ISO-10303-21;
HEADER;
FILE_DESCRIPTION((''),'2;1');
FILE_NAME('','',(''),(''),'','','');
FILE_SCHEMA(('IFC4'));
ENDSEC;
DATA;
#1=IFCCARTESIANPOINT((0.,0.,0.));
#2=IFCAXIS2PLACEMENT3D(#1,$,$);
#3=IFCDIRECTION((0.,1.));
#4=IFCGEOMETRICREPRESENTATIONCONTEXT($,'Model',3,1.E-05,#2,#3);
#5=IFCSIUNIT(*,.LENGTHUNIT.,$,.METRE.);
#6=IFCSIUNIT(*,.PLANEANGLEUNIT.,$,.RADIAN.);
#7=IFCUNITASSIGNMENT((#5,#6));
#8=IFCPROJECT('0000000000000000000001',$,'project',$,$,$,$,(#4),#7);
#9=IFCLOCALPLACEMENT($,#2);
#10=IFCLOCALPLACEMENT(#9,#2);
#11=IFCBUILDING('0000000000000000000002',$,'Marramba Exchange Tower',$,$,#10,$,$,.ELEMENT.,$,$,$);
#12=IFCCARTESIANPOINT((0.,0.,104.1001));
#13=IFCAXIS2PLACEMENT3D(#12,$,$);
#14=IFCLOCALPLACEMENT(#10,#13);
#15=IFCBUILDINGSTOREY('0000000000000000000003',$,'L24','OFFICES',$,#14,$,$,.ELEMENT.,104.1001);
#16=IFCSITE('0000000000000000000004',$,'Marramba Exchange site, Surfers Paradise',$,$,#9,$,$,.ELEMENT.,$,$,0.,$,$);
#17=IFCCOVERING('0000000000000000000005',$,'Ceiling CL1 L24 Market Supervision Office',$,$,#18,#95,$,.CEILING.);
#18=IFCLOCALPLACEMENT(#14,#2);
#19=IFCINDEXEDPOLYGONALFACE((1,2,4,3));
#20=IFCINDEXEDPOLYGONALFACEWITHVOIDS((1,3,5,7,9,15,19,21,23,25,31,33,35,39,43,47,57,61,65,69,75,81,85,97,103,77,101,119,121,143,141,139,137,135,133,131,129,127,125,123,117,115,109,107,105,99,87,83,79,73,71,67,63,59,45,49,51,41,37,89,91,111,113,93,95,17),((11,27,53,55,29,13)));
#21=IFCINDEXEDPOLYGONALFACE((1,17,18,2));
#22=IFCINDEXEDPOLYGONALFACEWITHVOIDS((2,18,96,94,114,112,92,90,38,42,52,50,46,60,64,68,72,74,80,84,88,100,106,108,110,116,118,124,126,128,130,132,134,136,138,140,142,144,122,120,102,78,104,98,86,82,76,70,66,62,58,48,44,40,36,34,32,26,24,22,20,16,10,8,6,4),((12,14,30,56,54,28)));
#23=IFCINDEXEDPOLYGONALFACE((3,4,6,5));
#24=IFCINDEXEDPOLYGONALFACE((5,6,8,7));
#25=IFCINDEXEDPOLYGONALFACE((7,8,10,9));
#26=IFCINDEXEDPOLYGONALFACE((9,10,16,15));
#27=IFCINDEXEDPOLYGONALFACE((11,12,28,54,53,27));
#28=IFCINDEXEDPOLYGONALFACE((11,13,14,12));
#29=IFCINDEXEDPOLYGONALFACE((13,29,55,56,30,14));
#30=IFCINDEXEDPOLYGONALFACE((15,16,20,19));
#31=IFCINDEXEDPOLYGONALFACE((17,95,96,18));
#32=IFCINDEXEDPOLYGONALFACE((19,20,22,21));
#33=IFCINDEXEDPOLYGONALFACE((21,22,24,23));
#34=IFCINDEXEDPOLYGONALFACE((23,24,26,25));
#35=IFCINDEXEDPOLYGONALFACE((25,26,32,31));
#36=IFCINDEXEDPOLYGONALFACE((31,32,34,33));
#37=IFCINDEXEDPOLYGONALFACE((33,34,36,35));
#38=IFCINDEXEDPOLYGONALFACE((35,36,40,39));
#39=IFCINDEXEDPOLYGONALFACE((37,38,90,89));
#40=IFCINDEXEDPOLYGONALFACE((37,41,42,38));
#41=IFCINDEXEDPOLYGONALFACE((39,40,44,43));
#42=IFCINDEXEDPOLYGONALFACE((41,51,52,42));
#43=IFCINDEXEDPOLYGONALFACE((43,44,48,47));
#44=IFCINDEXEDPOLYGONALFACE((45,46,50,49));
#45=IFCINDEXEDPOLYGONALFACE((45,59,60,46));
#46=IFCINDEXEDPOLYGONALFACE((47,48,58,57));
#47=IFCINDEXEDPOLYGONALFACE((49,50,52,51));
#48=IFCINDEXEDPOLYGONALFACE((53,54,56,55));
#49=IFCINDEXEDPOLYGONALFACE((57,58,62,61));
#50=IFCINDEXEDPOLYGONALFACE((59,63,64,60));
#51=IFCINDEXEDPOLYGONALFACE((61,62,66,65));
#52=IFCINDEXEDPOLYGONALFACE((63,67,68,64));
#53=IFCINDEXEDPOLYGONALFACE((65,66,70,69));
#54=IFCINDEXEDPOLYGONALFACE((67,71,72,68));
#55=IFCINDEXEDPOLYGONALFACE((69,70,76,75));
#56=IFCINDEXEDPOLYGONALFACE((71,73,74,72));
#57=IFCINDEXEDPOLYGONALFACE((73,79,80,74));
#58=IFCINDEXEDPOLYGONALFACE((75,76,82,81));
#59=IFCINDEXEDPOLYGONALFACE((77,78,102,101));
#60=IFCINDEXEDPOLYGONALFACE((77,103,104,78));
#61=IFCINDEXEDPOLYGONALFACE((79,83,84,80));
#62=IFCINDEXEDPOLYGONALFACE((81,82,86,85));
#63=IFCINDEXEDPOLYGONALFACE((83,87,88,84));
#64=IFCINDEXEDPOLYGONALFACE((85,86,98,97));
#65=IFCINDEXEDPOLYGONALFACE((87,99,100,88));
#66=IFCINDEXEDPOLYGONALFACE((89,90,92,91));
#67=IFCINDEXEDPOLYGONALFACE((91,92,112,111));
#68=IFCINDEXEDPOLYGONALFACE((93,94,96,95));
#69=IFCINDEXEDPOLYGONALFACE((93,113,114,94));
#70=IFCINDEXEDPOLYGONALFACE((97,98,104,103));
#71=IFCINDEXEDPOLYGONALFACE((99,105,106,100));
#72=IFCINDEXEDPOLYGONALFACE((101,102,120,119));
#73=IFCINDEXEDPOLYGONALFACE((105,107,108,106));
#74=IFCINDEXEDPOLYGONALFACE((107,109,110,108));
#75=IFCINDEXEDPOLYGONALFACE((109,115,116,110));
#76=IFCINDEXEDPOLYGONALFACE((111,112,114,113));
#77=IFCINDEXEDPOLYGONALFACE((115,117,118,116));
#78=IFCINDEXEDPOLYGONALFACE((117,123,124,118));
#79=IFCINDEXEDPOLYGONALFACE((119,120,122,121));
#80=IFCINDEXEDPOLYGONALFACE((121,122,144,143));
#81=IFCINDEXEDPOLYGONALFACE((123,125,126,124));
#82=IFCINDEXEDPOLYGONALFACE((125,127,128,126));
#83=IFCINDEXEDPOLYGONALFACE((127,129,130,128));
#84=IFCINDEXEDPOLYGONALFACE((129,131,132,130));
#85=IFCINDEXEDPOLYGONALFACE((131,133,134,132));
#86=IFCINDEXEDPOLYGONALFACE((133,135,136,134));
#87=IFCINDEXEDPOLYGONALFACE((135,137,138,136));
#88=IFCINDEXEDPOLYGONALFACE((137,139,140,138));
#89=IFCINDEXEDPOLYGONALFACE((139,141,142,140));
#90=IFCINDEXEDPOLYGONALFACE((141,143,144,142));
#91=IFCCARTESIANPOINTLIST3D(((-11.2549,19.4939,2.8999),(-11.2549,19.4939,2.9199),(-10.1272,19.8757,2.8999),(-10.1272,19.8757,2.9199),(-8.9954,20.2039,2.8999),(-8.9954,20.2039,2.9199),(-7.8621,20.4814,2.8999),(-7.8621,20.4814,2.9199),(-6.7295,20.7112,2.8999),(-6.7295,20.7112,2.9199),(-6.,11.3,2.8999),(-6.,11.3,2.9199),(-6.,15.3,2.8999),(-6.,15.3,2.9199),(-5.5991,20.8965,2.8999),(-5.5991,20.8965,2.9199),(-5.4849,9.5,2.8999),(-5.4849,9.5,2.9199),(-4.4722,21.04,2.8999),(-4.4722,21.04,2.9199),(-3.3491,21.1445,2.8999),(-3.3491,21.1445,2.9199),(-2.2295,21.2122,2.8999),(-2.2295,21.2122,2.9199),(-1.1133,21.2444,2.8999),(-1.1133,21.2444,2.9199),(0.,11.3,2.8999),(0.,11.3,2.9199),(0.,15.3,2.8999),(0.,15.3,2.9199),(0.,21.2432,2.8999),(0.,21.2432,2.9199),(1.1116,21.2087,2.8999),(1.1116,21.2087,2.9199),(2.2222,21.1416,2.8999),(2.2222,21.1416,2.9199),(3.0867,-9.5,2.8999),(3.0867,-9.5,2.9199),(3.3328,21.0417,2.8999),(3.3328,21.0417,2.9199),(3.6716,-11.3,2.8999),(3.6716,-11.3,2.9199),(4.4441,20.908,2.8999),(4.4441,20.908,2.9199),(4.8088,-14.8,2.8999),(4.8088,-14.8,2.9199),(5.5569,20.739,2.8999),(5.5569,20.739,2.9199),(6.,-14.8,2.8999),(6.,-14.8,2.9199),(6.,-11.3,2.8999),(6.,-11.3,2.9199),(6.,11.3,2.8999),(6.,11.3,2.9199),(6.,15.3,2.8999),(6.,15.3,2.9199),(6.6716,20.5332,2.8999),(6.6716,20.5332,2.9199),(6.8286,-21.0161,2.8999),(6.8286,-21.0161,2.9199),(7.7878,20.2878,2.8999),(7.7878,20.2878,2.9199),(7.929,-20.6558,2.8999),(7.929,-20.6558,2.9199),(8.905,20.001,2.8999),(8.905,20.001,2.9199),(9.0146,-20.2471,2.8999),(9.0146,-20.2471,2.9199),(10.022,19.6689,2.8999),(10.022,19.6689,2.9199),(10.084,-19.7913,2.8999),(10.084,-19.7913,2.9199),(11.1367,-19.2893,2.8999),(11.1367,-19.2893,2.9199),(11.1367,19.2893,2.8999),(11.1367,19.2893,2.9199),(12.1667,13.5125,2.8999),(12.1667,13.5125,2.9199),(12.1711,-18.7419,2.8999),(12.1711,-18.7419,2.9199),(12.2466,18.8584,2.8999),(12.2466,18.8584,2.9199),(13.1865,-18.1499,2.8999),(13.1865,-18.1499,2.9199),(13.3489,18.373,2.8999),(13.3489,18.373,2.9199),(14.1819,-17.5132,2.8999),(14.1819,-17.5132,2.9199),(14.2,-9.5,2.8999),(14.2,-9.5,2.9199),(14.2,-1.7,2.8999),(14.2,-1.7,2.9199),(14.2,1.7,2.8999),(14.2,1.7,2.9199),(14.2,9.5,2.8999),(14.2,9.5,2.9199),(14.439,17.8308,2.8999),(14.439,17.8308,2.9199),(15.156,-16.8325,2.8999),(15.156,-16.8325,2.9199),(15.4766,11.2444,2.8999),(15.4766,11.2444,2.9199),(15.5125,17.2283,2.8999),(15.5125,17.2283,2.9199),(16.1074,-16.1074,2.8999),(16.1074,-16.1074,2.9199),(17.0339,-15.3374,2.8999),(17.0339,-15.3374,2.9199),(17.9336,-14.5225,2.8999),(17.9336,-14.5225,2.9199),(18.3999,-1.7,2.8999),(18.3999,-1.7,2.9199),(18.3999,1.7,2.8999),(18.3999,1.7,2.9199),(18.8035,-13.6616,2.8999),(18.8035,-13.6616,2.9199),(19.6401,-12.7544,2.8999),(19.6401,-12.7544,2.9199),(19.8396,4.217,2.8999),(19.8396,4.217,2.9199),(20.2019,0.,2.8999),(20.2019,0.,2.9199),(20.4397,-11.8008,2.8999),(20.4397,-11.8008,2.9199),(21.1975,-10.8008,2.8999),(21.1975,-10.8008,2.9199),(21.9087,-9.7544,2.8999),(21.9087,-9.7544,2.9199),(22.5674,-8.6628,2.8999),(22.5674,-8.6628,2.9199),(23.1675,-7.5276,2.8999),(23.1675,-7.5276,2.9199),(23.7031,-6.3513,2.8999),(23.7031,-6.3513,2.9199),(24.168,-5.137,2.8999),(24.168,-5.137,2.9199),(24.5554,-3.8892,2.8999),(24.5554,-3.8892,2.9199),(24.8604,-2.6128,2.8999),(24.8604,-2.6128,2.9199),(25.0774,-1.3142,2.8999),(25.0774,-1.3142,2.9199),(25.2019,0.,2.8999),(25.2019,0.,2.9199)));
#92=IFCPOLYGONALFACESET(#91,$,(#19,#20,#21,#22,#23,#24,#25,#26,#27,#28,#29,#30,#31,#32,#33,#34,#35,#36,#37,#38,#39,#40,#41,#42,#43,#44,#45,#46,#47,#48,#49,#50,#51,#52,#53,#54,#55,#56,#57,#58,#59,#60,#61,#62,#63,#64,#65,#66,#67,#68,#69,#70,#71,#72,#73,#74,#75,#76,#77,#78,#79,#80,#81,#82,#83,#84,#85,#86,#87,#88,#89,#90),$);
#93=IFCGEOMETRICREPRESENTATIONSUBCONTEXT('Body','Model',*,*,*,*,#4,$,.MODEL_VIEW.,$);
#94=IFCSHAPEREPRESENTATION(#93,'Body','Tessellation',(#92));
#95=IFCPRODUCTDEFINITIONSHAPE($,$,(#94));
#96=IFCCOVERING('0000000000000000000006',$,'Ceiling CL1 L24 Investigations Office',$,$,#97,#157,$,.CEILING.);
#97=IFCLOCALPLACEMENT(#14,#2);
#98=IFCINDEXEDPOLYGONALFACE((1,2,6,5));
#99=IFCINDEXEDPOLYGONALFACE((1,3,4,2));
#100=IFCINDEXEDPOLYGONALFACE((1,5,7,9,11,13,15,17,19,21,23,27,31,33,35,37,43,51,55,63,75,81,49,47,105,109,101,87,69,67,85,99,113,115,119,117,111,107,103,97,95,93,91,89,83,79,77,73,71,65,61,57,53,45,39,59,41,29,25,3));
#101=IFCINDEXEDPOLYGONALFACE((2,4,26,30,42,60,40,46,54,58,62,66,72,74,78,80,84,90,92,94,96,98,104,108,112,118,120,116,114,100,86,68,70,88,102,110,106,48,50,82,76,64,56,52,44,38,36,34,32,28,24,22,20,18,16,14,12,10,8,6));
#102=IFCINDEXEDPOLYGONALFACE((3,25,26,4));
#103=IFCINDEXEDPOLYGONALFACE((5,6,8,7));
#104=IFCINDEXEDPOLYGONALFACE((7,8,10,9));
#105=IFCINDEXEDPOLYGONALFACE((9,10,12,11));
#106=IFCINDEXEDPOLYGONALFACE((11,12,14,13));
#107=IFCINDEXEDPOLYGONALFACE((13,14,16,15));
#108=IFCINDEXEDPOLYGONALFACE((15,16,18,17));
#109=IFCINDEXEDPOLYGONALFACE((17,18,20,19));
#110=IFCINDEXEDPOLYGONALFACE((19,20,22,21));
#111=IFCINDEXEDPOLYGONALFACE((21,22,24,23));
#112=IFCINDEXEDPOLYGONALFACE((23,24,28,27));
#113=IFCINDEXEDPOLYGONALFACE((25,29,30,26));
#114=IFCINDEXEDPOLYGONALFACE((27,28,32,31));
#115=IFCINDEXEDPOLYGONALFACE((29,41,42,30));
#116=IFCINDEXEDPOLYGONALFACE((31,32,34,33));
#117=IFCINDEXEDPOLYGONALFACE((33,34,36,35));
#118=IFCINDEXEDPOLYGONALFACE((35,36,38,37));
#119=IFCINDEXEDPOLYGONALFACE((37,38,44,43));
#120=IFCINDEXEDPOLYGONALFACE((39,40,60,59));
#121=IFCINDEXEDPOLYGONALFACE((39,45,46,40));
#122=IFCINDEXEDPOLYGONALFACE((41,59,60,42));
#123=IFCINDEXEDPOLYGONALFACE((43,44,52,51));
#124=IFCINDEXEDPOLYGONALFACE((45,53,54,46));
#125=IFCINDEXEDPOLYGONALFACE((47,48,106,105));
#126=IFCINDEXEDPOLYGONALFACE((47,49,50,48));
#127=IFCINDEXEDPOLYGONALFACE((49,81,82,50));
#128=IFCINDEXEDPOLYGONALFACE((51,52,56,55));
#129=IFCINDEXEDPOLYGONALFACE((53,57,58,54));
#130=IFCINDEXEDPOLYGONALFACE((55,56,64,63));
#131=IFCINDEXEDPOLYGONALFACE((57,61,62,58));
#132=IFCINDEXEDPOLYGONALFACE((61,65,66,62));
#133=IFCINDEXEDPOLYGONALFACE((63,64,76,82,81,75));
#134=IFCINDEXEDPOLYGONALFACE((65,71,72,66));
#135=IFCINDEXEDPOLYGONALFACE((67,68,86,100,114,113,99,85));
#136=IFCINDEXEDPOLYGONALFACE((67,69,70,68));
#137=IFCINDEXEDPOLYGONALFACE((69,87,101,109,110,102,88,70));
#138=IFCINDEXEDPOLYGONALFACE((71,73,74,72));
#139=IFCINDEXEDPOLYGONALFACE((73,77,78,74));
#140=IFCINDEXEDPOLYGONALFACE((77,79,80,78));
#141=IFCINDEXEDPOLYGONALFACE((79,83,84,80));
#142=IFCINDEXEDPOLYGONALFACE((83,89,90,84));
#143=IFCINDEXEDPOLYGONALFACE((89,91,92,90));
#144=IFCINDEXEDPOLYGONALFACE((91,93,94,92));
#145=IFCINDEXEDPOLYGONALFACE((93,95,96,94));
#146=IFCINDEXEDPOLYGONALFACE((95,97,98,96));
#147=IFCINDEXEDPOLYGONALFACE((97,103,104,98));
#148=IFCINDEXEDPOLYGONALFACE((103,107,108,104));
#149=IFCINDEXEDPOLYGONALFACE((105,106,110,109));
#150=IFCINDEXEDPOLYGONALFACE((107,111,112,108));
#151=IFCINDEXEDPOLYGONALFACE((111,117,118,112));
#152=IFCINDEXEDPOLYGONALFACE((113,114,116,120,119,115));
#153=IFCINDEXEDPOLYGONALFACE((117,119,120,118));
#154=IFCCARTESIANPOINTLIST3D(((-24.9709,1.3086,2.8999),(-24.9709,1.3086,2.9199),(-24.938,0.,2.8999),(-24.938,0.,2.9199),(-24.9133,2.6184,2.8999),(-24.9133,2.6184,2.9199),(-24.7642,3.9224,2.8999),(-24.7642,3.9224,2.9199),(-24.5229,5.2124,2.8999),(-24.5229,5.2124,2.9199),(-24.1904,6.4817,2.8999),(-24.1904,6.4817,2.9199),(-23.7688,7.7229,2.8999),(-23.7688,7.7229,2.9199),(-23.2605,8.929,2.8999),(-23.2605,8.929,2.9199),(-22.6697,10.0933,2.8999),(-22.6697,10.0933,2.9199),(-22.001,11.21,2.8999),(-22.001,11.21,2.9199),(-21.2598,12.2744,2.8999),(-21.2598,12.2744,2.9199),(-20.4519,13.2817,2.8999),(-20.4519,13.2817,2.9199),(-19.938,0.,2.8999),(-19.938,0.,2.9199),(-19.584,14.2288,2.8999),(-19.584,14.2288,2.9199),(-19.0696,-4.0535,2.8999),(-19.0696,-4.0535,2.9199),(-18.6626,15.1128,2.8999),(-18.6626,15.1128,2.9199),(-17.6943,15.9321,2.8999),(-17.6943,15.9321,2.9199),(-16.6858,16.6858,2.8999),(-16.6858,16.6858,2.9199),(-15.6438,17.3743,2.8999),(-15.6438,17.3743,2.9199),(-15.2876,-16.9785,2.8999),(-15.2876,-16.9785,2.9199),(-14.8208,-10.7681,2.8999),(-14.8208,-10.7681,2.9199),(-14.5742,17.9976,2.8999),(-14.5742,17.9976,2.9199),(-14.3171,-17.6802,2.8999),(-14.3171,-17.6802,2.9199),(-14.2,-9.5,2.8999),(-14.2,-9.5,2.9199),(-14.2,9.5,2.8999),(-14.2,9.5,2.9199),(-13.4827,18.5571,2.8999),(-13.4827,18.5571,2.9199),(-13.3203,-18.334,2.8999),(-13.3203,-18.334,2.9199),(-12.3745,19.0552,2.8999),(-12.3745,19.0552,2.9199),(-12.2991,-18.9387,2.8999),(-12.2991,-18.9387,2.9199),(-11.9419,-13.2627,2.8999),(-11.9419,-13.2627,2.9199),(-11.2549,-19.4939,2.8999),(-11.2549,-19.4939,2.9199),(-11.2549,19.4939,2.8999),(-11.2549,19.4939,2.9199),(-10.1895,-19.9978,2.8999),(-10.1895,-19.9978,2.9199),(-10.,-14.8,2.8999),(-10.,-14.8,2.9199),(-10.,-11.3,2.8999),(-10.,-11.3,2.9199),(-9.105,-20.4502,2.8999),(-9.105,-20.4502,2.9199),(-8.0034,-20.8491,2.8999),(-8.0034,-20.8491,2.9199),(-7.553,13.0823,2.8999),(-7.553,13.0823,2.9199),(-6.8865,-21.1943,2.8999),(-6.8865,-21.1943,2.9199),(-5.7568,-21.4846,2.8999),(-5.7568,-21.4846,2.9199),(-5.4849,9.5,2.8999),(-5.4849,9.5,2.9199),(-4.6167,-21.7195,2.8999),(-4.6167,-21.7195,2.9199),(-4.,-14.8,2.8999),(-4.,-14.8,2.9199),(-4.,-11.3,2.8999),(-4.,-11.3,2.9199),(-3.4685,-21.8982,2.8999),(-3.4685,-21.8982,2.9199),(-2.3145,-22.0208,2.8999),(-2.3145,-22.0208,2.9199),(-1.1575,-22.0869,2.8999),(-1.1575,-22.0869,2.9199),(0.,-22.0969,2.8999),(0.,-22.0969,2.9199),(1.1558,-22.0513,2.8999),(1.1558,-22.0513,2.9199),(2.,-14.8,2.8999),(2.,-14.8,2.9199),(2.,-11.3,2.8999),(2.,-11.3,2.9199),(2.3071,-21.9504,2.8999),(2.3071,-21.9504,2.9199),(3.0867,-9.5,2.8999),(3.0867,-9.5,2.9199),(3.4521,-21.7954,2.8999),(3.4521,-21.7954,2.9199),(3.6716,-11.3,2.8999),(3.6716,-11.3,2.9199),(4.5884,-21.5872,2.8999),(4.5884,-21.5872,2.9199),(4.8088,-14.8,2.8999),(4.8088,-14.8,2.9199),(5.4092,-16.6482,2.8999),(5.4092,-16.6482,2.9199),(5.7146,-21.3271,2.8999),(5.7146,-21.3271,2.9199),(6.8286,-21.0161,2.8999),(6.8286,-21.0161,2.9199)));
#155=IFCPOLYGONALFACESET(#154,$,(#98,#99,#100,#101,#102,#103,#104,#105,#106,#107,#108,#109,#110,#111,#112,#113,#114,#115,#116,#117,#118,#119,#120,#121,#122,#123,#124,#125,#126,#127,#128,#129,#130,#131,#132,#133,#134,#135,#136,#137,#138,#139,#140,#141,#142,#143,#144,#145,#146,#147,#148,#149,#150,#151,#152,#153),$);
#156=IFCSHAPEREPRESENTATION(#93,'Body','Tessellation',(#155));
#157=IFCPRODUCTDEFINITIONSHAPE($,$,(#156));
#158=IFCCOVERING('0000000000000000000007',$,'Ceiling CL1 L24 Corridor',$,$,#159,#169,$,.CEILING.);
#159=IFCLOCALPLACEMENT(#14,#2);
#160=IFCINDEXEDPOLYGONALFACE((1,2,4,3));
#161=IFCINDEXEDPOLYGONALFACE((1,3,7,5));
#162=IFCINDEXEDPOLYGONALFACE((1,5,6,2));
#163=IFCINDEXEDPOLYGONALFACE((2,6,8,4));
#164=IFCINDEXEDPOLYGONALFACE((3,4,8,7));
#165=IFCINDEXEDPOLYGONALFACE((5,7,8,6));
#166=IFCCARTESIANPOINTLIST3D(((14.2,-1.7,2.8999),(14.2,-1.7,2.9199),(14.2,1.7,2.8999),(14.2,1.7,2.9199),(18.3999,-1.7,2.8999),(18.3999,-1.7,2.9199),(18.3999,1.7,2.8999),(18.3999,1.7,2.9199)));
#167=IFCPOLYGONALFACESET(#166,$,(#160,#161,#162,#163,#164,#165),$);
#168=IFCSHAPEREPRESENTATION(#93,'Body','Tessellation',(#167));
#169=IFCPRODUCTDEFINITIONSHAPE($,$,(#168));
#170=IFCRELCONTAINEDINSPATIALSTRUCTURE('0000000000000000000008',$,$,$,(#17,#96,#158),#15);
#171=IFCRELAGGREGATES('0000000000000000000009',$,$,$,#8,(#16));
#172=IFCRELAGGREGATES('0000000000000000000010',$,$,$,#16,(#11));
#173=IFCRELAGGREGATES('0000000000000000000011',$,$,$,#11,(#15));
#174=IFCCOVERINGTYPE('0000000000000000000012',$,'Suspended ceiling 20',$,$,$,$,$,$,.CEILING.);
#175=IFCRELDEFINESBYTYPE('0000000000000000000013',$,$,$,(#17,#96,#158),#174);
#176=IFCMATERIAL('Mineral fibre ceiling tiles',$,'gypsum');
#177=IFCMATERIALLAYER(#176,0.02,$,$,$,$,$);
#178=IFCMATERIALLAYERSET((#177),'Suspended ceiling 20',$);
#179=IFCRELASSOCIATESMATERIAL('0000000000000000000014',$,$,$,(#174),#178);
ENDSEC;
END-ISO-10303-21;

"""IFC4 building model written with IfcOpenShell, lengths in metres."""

from ifc_helpers import new_model, si_unit, direction, frame, origin, place, context, subcontext, project, spatial, polyline, outline, extrude, material, layer, layer_set, type_object, element, save


model = new_model("IFC4")

# Units and contexts
model_context = context("Model", 3, precision=1e-05, world=origin(), true_north=direction((0.0, 1.0)))
body_context = subcontext(model_context, "Body", "Model", "MODEL_VIEW")
ifc_project = project(units=[si_unit("LENGTHUNIT", "METRE"), si_unit("PLANEANGLEUNIT", "RADIAN")], contexts=[model_context])

# Site, building, storey
site_placement = place(None, origin())
site = spatial("IfcSite", under=ifc_project, at=site_placement, Name="Marramba Exchange site, Surfers Paradise", CompositionType="ELEMENT", RefElevation=0.0)
building_placement = place(site_placement, origin())
building = spatial("IfcBuilding", under=site, at=building_placement, Name="Marramba Exchange Tower", CompositionType="ELEMENT")
storey_placement = place(building_placement, frame((0.0, 0.0, 104.1001)))
storey = spatial("IfcBuildingStorey", under=building, at=storey_placement, Name="L24", Description="OFFICES", CompositionType="ELEMENT", Elevation=104.1001)

# Coverings
ifc_material_1 = material(Name="Mineral fibre ceiling tiles", Category="gypsum")
ifc_layer_1 = layer(ifc_material_1, 0.02)
ifc_layer_set_1 = layer_set([ifc_layer_1], Name="Suspended ceiling 20")
covering_type = type_object("IfcCoveringType", Name="Suspended ceiling 20", PredefinedType="CEILING", material=ifc_layer_set_1)
covering_1_placement = place(storey_placement, frame((0.0, 0.0, 2.8999)))
element("IfcCovering", 1, at=covering_1_placement, inside=storey, type_object=covering_type, Name="Ceiling CL1 L24 Market Supervision Office", PredefinedType="CEILING", context=body_context, shape_type="SweptSolid", body=[
    extrude(outline(polyline([(14.2, -1.7), (18.3999, -1.7), (18.3999, 1.7), (14.2, 1.7), (14.2, 9.5), (-5.4849, 9.5), (-11.2549, 19.4939), (-10.1272, 19.8757), (-8.9954, 20.2039), (-7.8621, 20.4814), (-6.7295, 20.7112), (-5.5991, 20.8965), (-4.4722, 21.04), (-3.3491, 21.1445), (-2.2295, 21.2122), (-1.1133, 21.2444), (0.0, 21.2432), (1.1116, 21.2087), (2.2222, 21.1416), (3.3328, 21.0417), (4.4441, 20.908), (5.5569, 20.739), (6.6716, 20.5332), (7.7878, 20.2878), (8.905, 20.001), (10.022, 19.6689), (11.1367, 19.2893), (12.2466, 18.8584), (13.3489, 18.373), (14.439, 17.8308), (15.5125, 17.2283), (12.1667, 13.5125), (15.4766, 11.2444), (19.8396, 4.217), (20.2019, 0.0), (25.2019, 0.0), (25.0774, -1.3142), (24.8604, -2.6128), (24.5554, -3.8892), (24.168, -5.137), (23.7031, -6.3513), (23.1675, -7.5276), (22.5674, -8.6628), (21.9087, -9.7544), (21.1975, -10.8008), (20.4397, -11.8008), (19.6401, -12.7544), (18.8035, -13.6616), (17.9336, -14.5225), (17.0339, -15.3374), (16.1074, -16.1074), (15.156, -16.8325), (14.1819, -17.5132), (13.1865, -18.1499), (12.1711, -18.7419), (11.1367, -19.2893), (10.084, -19.7913), (9.0146, -20.2471), (7.929, -20.6558), (6.8286, -21.0161), (4.8088, -14.8), (6.0, -14.8), (6.0, -11.3), (3.6716, -11.3), (3.0867, -9.5), (14.2, -9.5), (14.2, -1.7)]), holes=[polyline([(-6.0, 11.3), (0.0, 11.3), (6.0, 11.3), (6.0, 15.3), (0.0, 15.3), (-6.0, 15.3), (-6.0, 11.3)])]), origin(), (0.0, 0.0, 1.0), 0.02),
])
covering_2_placement = place(storey_placement, frame((0.0, 0.0, 2.8999)))
element("IfcCovering", 2, at=covering_2_placement, inside=storey, type_object=covering_type, Name="Ceiling CL1 L24 Investigations Office", PredefinedType="CEILING", context=body_context, shape_type="SweptSolid", body=[
    extrude(outline(polyline([(-14.2, -9.5), (3.0867, -9.5), (3.6716, -11.3), (2.0, -11.3), (-4.0, -11.3), (-10.0, -11.3), (-10.0, -14.8), (-4.0, -14.8), (2.0, -14.8), (4.8088, -14.8), (5.4092, -16.6482), (6.8286, -21.0161), (5.7146, -21.3271), (4.5884, -21.5872), (3.4521, -21.7954), (2.3071, -21.9504), (1.1558, -22.0513), (0.0, -22.0969), (-1.1575, -22.0869), (-2.3145, -22.0208), (-3.4685, -21.8982), (-4.6167, -21.7195), (-5.7568, -21.4846), (-6.8865, -21.1943), (-8.0034, -20.8491), (-9.105, -20.4502), (-10.1895, -19.9978), (-11.2549, -19.4939), (-12.2991, -18.9387), (-13.3203, -18.334), (-14.3171, -17.6802), (-15.2876, -16.9785), (-11.9419, -13.2627), (-14.8208, -10.7681), (-19.0696, -4.0535), (-19.938, 0.0), (-24.938, 0.0), (-24.9709, 1.3086), (-24.9133, 2.6184), (-24.7642, 3.9224), (-24.5229, 5.2124), (-24.1904, 6.4817), (-23.7688, 7.7229), (-23.2605, 8.929), (-22.6697, 10.0933), (-22.001, 11.21), (-21.2598, 12.2744), (-20.4519, 13.2817), (-19.584, 14.2288), (-18.6626, 15.1128), (-17.6943, 15.9321), (-16.6858, 16.6858), (-15.6438, 17.3743), (-14.5742, 17.9976), (-13.4827, 18.5571), (-12.3745, 19.0552), (-11.2549, 19.4939), (-7.553, 13.0823), (-5.4849, 9.5), (-14.2, 9.5), (-14.2, -9.5)])), origin(), (0.0, 0.0, 1.0), 0.02),
])
covering_3_placement = place(storey_placement, frame((0.0, 0.0, 2.8999)))
element("IfcCovering", 3, at=covering_3_placement, inside=storey, type_object=covering_type, Name="Ceiling CL1 L24 Corridor", PredefinedType="CEILING", context=body_context, shape_type="SweptSolid", body=[
    extrude(outline(polyline([(14.2, -1.7), (14.2, 1.7), (18.3999, 1.7), (18.3999, -1.7), (14.2, -1.7)])), origin(), (0.0, 0.0, 1.0), 0.02),
])

save(model, "model.ifc")
